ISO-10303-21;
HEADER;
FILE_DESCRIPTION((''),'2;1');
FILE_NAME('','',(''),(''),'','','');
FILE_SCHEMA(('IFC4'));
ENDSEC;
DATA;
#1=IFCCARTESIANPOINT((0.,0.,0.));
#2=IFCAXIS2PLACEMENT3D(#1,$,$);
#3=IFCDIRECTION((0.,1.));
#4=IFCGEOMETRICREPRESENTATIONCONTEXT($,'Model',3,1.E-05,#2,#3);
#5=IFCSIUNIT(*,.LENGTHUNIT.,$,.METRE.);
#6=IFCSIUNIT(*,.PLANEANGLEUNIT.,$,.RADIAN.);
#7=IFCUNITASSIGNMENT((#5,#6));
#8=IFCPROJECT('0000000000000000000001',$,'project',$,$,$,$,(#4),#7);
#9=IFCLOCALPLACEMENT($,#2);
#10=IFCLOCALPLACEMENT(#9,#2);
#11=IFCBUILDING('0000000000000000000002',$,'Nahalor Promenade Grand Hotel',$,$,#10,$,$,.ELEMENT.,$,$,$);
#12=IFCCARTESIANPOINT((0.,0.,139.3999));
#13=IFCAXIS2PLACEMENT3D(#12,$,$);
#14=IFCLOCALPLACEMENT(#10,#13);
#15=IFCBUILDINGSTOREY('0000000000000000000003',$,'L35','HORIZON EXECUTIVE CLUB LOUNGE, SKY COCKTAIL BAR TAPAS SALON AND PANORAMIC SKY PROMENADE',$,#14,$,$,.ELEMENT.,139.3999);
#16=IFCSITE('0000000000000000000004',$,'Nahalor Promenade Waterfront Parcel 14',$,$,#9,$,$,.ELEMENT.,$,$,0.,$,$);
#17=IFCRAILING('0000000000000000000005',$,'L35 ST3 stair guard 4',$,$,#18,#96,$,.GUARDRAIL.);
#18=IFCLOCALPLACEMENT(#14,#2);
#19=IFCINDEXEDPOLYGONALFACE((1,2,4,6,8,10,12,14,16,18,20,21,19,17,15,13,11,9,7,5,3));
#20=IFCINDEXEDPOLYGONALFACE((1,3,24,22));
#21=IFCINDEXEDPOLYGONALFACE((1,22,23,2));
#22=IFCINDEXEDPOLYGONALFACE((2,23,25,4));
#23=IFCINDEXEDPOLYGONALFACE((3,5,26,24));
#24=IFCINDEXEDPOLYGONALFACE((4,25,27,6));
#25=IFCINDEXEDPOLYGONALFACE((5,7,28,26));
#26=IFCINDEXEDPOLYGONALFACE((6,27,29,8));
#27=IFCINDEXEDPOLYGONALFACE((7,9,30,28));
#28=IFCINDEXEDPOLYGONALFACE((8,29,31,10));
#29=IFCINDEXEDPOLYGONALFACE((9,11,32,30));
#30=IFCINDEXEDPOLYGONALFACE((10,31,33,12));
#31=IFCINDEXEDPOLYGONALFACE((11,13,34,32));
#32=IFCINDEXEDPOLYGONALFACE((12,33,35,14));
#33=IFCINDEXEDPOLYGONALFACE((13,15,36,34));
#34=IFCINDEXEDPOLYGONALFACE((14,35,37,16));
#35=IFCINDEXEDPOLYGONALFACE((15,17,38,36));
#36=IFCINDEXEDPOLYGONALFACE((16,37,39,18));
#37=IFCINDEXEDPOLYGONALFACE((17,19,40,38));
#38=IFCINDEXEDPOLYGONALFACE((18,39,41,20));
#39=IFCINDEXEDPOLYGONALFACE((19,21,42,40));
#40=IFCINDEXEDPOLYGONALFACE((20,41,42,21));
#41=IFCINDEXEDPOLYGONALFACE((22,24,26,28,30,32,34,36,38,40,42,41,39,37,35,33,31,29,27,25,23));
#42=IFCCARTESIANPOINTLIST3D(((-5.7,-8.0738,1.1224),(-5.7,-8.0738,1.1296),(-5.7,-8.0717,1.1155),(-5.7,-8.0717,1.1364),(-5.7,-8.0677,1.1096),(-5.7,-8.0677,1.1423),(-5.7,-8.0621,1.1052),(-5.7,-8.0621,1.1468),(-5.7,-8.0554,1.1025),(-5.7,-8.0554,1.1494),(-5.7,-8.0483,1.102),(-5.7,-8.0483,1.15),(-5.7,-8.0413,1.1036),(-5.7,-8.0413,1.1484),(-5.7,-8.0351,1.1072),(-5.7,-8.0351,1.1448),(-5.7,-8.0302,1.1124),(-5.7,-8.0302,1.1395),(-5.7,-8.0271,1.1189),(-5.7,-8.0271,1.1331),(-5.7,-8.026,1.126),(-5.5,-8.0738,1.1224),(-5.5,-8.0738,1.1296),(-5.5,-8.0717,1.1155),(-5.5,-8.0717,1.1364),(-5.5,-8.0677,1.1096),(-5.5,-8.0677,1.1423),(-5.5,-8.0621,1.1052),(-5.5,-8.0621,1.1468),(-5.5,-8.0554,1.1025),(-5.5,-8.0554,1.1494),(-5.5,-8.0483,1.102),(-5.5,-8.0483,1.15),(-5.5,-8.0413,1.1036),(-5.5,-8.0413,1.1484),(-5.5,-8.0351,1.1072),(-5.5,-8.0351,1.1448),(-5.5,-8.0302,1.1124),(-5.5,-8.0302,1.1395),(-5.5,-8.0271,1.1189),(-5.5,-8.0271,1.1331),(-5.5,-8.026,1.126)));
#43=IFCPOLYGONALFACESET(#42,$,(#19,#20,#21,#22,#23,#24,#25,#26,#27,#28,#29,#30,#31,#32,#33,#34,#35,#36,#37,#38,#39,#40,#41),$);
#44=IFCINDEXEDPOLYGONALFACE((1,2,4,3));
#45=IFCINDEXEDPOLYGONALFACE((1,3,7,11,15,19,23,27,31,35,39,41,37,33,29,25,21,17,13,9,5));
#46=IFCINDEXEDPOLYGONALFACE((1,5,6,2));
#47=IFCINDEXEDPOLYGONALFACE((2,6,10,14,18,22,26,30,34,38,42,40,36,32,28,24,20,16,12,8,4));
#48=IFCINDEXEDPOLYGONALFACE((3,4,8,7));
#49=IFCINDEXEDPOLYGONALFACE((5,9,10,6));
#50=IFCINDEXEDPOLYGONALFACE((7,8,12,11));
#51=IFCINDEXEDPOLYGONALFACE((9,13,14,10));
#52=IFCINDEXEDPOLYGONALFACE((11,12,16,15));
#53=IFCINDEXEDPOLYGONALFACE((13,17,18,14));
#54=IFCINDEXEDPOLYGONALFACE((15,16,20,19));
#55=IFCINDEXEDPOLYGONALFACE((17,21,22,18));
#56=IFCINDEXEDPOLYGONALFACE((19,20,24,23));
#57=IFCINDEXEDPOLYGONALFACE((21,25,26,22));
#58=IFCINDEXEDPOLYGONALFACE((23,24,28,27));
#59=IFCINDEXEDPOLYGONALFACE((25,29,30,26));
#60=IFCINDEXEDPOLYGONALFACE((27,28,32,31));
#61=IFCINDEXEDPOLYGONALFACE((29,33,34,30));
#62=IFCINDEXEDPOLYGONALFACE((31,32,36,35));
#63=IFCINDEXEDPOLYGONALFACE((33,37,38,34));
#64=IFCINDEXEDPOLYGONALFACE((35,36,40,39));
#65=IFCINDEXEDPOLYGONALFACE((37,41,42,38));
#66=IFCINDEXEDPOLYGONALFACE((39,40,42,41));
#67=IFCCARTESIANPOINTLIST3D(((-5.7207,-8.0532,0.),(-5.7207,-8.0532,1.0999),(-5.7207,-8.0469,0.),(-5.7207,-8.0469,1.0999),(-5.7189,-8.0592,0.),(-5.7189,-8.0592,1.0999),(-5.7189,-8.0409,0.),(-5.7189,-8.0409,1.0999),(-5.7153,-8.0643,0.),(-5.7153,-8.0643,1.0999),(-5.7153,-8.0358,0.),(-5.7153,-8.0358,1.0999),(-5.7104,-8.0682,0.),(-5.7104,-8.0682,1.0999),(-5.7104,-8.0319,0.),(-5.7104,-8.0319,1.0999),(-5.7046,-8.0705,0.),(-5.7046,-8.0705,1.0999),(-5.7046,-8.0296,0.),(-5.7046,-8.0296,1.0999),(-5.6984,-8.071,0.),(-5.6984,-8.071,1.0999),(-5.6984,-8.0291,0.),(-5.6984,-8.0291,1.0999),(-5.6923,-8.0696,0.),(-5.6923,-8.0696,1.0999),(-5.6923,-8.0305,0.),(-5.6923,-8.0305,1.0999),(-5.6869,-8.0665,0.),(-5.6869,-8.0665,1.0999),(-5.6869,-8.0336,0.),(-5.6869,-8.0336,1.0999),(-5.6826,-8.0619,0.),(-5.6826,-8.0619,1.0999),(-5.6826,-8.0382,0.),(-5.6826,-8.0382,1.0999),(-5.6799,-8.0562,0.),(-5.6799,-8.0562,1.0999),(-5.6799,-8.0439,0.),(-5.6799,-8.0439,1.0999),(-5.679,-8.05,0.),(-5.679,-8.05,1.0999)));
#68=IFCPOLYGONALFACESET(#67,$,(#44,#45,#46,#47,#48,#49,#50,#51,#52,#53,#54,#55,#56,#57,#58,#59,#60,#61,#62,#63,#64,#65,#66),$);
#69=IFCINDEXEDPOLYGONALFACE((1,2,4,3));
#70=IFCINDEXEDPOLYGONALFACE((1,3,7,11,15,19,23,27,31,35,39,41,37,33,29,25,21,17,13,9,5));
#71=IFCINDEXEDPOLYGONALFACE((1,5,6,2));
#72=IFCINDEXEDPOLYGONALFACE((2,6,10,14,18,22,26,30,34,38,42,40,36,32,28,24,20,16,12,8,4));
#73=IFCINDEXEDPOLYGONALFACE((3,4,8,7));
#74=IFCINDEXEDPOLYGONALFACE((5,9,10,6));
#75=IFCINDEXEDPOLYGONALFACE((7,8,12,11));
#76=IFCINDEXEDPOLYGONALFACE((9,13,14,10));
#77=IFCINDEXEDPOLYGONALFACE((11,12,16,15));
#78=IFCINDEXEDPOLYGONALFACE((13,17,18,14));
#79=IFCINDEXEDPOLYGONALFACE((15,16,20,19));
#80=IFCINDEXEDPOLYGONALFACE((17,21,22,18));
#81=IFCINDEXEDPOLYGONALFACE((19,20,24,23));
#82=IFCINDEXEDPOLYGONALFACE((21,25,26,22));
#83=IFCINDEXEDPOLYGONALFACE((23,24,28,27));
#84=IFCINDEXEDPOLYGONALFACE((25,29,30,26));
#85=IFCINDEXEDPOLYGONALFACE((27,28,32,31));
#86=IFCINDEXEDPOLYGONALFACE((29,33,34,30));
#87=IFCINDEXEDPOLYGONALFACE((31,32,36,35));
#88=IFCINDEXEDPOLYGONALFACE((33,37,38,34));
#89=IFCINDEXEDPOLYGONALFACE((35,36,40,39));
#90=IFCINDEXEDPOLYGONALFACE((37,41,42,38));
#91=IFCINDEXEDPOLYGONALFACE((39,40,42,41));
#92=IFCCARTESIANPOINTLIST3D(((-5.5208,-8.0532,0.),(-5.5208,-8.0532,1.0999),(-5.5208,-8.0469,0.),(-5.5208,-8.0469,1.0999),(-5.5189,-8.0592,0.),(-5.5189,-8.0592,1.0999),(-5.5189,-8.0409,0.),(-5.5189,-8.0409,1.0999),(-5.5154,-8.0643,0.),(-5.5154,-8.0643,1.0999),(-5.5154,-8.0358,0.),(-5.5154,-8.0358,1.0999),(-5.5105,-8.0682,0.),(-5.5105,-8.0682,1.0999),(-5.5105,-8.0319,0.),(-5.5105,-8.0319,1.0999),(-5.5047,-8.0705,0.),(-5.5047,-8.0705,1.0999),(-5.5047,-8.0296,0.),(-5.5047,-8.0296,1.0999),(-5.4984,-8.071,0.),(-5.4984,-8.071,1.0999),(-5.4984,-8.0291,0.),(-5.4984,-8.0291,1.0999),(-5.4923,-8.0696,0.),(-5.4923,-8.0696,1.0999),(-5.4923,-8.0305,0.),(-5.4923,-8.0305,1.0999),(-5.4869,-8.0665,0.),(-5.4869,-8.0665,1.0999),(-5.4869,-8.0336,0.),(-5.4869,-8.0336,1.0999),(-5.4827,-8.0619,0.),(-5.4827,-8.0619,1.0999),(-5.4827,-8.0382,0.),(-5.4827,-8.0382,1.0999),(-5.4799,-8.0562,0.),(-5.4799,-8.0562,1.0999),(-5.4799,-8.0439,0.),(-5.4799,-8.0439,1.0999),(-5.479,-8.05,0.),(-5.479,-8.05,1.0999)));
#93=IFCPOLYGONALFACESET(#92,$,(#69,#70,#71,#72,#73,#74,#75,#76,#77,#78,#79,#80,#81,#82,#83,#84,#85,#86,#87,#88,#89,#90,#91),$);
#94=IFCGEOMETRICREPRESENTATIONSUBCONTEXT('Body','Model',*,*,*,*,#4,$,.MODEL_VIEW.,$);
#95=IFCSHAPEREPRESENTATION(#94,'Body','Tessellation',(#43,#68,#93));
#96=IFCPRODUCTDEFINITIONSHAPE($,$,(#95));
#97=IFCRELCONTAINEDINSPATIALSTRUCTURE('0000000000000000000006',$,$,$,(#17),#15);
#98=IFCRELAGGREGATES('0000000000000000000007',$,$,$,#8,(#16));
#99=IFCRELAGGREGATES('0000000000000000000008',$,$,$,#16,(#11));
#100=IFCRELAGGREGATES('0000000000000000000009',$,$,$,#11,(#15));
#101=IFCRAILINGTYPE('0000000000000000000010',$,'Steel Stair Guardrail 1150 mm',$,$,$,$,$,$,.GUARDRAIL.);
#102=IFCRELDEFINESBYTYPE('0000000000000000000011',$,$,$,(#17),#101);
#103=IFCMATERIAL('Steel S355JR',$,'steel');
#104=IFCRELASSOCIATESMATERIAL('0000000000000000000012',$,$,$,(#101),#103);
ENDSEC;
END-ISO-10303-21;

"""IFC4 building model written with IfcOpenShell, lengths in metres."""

from ifc_helpers import new_model, si_unit, direction, frame, origin, origin_2d, place, context, subcontext, project, spatial, circle, extrude, material, type_object, element, save


model = new_model("IFC4")

# Units and contexts
model_context = context("Model", 3, precision=1e-05, world=origin(), true_north=direction((0.0, 1.0)))
body_context = subcontext(model_context, "Body", "Model", "MODEL_VIEW")
ifc_project = project(units=[si_unit("LENGTHUNIT", "METRE"), si_unit("PLANEANGLEUNIT", "RADIAN")], contexts=[model_context])

# Site, building, storey
site_placement = place(None, origin())
site = spatial("IfcSite", under=ifc_project, at=site_placement, Name="Nahalor Promenade Waterfront Parcel 14", CompositionType="ELEMENT", RefElevation=0.0)
building_placement = place(site_placement, origin())
building = spatial("IfcBuilding", under=site, at=building_placement, Name="Nahalor Promenade Grand Hotel", CompositionType="ELEMENT")
storey_placement = place(building_placement, frame((0.0, 0.0, 139.3999)))
storey = spatial("IfcBuildingStorey", under=building, at=storey_placement, Name="L35", Description="HORIZON EXECUTIVE CLUB LOUNGE, SKY COCKTAIL BAR TAPAS SALON AND PANORAMIC SKY PROMENADE", CompositionType="ELEMENT", Elevation=139.3999)

# Shared definitions
ifc_material_1 = material(Name="Steel S355JR", Category="steel")

# Railing
railing_type_1 = type_object("IfcRailingType", Name="Steel Stair Guardrail 1150 mm", PredefinedType="GUARDRAIL", material=ifc_material_1)
railing_1_placement = place(storey_placement, frame((-5.7, -8.05, 0.0)))
element("IfcRailing", 1, at=railing_1_placement, inside=storey, type_object=railing_type_1, Name="L35 ST3 stair guard 4", PredefinedType="GUARDRAIL", context=body_context, shape_type="SweptSolid", body=[
    extrude(circle(Radius=0.024, at=origin_2d()), frame((0.0, 0.0, 1.126), z_axis=(1.0, 0.0, 0.0), x_axis=(0.0, 1.0, 0.0)), (0.0, 0.0, 1.0), 0.2),
    extrude(circle(Radius=0.021, at=origin_2d()), origin(), (0.0, 0.0, 1.0), 1.0999),
    extrude(circle(Radius=0.021, at=origin_2d()), frame((0.2, 0.0, 0.0)), (0.0, 0.0, 1.0), 1.0999),
])

save(model, "model.ifc")
